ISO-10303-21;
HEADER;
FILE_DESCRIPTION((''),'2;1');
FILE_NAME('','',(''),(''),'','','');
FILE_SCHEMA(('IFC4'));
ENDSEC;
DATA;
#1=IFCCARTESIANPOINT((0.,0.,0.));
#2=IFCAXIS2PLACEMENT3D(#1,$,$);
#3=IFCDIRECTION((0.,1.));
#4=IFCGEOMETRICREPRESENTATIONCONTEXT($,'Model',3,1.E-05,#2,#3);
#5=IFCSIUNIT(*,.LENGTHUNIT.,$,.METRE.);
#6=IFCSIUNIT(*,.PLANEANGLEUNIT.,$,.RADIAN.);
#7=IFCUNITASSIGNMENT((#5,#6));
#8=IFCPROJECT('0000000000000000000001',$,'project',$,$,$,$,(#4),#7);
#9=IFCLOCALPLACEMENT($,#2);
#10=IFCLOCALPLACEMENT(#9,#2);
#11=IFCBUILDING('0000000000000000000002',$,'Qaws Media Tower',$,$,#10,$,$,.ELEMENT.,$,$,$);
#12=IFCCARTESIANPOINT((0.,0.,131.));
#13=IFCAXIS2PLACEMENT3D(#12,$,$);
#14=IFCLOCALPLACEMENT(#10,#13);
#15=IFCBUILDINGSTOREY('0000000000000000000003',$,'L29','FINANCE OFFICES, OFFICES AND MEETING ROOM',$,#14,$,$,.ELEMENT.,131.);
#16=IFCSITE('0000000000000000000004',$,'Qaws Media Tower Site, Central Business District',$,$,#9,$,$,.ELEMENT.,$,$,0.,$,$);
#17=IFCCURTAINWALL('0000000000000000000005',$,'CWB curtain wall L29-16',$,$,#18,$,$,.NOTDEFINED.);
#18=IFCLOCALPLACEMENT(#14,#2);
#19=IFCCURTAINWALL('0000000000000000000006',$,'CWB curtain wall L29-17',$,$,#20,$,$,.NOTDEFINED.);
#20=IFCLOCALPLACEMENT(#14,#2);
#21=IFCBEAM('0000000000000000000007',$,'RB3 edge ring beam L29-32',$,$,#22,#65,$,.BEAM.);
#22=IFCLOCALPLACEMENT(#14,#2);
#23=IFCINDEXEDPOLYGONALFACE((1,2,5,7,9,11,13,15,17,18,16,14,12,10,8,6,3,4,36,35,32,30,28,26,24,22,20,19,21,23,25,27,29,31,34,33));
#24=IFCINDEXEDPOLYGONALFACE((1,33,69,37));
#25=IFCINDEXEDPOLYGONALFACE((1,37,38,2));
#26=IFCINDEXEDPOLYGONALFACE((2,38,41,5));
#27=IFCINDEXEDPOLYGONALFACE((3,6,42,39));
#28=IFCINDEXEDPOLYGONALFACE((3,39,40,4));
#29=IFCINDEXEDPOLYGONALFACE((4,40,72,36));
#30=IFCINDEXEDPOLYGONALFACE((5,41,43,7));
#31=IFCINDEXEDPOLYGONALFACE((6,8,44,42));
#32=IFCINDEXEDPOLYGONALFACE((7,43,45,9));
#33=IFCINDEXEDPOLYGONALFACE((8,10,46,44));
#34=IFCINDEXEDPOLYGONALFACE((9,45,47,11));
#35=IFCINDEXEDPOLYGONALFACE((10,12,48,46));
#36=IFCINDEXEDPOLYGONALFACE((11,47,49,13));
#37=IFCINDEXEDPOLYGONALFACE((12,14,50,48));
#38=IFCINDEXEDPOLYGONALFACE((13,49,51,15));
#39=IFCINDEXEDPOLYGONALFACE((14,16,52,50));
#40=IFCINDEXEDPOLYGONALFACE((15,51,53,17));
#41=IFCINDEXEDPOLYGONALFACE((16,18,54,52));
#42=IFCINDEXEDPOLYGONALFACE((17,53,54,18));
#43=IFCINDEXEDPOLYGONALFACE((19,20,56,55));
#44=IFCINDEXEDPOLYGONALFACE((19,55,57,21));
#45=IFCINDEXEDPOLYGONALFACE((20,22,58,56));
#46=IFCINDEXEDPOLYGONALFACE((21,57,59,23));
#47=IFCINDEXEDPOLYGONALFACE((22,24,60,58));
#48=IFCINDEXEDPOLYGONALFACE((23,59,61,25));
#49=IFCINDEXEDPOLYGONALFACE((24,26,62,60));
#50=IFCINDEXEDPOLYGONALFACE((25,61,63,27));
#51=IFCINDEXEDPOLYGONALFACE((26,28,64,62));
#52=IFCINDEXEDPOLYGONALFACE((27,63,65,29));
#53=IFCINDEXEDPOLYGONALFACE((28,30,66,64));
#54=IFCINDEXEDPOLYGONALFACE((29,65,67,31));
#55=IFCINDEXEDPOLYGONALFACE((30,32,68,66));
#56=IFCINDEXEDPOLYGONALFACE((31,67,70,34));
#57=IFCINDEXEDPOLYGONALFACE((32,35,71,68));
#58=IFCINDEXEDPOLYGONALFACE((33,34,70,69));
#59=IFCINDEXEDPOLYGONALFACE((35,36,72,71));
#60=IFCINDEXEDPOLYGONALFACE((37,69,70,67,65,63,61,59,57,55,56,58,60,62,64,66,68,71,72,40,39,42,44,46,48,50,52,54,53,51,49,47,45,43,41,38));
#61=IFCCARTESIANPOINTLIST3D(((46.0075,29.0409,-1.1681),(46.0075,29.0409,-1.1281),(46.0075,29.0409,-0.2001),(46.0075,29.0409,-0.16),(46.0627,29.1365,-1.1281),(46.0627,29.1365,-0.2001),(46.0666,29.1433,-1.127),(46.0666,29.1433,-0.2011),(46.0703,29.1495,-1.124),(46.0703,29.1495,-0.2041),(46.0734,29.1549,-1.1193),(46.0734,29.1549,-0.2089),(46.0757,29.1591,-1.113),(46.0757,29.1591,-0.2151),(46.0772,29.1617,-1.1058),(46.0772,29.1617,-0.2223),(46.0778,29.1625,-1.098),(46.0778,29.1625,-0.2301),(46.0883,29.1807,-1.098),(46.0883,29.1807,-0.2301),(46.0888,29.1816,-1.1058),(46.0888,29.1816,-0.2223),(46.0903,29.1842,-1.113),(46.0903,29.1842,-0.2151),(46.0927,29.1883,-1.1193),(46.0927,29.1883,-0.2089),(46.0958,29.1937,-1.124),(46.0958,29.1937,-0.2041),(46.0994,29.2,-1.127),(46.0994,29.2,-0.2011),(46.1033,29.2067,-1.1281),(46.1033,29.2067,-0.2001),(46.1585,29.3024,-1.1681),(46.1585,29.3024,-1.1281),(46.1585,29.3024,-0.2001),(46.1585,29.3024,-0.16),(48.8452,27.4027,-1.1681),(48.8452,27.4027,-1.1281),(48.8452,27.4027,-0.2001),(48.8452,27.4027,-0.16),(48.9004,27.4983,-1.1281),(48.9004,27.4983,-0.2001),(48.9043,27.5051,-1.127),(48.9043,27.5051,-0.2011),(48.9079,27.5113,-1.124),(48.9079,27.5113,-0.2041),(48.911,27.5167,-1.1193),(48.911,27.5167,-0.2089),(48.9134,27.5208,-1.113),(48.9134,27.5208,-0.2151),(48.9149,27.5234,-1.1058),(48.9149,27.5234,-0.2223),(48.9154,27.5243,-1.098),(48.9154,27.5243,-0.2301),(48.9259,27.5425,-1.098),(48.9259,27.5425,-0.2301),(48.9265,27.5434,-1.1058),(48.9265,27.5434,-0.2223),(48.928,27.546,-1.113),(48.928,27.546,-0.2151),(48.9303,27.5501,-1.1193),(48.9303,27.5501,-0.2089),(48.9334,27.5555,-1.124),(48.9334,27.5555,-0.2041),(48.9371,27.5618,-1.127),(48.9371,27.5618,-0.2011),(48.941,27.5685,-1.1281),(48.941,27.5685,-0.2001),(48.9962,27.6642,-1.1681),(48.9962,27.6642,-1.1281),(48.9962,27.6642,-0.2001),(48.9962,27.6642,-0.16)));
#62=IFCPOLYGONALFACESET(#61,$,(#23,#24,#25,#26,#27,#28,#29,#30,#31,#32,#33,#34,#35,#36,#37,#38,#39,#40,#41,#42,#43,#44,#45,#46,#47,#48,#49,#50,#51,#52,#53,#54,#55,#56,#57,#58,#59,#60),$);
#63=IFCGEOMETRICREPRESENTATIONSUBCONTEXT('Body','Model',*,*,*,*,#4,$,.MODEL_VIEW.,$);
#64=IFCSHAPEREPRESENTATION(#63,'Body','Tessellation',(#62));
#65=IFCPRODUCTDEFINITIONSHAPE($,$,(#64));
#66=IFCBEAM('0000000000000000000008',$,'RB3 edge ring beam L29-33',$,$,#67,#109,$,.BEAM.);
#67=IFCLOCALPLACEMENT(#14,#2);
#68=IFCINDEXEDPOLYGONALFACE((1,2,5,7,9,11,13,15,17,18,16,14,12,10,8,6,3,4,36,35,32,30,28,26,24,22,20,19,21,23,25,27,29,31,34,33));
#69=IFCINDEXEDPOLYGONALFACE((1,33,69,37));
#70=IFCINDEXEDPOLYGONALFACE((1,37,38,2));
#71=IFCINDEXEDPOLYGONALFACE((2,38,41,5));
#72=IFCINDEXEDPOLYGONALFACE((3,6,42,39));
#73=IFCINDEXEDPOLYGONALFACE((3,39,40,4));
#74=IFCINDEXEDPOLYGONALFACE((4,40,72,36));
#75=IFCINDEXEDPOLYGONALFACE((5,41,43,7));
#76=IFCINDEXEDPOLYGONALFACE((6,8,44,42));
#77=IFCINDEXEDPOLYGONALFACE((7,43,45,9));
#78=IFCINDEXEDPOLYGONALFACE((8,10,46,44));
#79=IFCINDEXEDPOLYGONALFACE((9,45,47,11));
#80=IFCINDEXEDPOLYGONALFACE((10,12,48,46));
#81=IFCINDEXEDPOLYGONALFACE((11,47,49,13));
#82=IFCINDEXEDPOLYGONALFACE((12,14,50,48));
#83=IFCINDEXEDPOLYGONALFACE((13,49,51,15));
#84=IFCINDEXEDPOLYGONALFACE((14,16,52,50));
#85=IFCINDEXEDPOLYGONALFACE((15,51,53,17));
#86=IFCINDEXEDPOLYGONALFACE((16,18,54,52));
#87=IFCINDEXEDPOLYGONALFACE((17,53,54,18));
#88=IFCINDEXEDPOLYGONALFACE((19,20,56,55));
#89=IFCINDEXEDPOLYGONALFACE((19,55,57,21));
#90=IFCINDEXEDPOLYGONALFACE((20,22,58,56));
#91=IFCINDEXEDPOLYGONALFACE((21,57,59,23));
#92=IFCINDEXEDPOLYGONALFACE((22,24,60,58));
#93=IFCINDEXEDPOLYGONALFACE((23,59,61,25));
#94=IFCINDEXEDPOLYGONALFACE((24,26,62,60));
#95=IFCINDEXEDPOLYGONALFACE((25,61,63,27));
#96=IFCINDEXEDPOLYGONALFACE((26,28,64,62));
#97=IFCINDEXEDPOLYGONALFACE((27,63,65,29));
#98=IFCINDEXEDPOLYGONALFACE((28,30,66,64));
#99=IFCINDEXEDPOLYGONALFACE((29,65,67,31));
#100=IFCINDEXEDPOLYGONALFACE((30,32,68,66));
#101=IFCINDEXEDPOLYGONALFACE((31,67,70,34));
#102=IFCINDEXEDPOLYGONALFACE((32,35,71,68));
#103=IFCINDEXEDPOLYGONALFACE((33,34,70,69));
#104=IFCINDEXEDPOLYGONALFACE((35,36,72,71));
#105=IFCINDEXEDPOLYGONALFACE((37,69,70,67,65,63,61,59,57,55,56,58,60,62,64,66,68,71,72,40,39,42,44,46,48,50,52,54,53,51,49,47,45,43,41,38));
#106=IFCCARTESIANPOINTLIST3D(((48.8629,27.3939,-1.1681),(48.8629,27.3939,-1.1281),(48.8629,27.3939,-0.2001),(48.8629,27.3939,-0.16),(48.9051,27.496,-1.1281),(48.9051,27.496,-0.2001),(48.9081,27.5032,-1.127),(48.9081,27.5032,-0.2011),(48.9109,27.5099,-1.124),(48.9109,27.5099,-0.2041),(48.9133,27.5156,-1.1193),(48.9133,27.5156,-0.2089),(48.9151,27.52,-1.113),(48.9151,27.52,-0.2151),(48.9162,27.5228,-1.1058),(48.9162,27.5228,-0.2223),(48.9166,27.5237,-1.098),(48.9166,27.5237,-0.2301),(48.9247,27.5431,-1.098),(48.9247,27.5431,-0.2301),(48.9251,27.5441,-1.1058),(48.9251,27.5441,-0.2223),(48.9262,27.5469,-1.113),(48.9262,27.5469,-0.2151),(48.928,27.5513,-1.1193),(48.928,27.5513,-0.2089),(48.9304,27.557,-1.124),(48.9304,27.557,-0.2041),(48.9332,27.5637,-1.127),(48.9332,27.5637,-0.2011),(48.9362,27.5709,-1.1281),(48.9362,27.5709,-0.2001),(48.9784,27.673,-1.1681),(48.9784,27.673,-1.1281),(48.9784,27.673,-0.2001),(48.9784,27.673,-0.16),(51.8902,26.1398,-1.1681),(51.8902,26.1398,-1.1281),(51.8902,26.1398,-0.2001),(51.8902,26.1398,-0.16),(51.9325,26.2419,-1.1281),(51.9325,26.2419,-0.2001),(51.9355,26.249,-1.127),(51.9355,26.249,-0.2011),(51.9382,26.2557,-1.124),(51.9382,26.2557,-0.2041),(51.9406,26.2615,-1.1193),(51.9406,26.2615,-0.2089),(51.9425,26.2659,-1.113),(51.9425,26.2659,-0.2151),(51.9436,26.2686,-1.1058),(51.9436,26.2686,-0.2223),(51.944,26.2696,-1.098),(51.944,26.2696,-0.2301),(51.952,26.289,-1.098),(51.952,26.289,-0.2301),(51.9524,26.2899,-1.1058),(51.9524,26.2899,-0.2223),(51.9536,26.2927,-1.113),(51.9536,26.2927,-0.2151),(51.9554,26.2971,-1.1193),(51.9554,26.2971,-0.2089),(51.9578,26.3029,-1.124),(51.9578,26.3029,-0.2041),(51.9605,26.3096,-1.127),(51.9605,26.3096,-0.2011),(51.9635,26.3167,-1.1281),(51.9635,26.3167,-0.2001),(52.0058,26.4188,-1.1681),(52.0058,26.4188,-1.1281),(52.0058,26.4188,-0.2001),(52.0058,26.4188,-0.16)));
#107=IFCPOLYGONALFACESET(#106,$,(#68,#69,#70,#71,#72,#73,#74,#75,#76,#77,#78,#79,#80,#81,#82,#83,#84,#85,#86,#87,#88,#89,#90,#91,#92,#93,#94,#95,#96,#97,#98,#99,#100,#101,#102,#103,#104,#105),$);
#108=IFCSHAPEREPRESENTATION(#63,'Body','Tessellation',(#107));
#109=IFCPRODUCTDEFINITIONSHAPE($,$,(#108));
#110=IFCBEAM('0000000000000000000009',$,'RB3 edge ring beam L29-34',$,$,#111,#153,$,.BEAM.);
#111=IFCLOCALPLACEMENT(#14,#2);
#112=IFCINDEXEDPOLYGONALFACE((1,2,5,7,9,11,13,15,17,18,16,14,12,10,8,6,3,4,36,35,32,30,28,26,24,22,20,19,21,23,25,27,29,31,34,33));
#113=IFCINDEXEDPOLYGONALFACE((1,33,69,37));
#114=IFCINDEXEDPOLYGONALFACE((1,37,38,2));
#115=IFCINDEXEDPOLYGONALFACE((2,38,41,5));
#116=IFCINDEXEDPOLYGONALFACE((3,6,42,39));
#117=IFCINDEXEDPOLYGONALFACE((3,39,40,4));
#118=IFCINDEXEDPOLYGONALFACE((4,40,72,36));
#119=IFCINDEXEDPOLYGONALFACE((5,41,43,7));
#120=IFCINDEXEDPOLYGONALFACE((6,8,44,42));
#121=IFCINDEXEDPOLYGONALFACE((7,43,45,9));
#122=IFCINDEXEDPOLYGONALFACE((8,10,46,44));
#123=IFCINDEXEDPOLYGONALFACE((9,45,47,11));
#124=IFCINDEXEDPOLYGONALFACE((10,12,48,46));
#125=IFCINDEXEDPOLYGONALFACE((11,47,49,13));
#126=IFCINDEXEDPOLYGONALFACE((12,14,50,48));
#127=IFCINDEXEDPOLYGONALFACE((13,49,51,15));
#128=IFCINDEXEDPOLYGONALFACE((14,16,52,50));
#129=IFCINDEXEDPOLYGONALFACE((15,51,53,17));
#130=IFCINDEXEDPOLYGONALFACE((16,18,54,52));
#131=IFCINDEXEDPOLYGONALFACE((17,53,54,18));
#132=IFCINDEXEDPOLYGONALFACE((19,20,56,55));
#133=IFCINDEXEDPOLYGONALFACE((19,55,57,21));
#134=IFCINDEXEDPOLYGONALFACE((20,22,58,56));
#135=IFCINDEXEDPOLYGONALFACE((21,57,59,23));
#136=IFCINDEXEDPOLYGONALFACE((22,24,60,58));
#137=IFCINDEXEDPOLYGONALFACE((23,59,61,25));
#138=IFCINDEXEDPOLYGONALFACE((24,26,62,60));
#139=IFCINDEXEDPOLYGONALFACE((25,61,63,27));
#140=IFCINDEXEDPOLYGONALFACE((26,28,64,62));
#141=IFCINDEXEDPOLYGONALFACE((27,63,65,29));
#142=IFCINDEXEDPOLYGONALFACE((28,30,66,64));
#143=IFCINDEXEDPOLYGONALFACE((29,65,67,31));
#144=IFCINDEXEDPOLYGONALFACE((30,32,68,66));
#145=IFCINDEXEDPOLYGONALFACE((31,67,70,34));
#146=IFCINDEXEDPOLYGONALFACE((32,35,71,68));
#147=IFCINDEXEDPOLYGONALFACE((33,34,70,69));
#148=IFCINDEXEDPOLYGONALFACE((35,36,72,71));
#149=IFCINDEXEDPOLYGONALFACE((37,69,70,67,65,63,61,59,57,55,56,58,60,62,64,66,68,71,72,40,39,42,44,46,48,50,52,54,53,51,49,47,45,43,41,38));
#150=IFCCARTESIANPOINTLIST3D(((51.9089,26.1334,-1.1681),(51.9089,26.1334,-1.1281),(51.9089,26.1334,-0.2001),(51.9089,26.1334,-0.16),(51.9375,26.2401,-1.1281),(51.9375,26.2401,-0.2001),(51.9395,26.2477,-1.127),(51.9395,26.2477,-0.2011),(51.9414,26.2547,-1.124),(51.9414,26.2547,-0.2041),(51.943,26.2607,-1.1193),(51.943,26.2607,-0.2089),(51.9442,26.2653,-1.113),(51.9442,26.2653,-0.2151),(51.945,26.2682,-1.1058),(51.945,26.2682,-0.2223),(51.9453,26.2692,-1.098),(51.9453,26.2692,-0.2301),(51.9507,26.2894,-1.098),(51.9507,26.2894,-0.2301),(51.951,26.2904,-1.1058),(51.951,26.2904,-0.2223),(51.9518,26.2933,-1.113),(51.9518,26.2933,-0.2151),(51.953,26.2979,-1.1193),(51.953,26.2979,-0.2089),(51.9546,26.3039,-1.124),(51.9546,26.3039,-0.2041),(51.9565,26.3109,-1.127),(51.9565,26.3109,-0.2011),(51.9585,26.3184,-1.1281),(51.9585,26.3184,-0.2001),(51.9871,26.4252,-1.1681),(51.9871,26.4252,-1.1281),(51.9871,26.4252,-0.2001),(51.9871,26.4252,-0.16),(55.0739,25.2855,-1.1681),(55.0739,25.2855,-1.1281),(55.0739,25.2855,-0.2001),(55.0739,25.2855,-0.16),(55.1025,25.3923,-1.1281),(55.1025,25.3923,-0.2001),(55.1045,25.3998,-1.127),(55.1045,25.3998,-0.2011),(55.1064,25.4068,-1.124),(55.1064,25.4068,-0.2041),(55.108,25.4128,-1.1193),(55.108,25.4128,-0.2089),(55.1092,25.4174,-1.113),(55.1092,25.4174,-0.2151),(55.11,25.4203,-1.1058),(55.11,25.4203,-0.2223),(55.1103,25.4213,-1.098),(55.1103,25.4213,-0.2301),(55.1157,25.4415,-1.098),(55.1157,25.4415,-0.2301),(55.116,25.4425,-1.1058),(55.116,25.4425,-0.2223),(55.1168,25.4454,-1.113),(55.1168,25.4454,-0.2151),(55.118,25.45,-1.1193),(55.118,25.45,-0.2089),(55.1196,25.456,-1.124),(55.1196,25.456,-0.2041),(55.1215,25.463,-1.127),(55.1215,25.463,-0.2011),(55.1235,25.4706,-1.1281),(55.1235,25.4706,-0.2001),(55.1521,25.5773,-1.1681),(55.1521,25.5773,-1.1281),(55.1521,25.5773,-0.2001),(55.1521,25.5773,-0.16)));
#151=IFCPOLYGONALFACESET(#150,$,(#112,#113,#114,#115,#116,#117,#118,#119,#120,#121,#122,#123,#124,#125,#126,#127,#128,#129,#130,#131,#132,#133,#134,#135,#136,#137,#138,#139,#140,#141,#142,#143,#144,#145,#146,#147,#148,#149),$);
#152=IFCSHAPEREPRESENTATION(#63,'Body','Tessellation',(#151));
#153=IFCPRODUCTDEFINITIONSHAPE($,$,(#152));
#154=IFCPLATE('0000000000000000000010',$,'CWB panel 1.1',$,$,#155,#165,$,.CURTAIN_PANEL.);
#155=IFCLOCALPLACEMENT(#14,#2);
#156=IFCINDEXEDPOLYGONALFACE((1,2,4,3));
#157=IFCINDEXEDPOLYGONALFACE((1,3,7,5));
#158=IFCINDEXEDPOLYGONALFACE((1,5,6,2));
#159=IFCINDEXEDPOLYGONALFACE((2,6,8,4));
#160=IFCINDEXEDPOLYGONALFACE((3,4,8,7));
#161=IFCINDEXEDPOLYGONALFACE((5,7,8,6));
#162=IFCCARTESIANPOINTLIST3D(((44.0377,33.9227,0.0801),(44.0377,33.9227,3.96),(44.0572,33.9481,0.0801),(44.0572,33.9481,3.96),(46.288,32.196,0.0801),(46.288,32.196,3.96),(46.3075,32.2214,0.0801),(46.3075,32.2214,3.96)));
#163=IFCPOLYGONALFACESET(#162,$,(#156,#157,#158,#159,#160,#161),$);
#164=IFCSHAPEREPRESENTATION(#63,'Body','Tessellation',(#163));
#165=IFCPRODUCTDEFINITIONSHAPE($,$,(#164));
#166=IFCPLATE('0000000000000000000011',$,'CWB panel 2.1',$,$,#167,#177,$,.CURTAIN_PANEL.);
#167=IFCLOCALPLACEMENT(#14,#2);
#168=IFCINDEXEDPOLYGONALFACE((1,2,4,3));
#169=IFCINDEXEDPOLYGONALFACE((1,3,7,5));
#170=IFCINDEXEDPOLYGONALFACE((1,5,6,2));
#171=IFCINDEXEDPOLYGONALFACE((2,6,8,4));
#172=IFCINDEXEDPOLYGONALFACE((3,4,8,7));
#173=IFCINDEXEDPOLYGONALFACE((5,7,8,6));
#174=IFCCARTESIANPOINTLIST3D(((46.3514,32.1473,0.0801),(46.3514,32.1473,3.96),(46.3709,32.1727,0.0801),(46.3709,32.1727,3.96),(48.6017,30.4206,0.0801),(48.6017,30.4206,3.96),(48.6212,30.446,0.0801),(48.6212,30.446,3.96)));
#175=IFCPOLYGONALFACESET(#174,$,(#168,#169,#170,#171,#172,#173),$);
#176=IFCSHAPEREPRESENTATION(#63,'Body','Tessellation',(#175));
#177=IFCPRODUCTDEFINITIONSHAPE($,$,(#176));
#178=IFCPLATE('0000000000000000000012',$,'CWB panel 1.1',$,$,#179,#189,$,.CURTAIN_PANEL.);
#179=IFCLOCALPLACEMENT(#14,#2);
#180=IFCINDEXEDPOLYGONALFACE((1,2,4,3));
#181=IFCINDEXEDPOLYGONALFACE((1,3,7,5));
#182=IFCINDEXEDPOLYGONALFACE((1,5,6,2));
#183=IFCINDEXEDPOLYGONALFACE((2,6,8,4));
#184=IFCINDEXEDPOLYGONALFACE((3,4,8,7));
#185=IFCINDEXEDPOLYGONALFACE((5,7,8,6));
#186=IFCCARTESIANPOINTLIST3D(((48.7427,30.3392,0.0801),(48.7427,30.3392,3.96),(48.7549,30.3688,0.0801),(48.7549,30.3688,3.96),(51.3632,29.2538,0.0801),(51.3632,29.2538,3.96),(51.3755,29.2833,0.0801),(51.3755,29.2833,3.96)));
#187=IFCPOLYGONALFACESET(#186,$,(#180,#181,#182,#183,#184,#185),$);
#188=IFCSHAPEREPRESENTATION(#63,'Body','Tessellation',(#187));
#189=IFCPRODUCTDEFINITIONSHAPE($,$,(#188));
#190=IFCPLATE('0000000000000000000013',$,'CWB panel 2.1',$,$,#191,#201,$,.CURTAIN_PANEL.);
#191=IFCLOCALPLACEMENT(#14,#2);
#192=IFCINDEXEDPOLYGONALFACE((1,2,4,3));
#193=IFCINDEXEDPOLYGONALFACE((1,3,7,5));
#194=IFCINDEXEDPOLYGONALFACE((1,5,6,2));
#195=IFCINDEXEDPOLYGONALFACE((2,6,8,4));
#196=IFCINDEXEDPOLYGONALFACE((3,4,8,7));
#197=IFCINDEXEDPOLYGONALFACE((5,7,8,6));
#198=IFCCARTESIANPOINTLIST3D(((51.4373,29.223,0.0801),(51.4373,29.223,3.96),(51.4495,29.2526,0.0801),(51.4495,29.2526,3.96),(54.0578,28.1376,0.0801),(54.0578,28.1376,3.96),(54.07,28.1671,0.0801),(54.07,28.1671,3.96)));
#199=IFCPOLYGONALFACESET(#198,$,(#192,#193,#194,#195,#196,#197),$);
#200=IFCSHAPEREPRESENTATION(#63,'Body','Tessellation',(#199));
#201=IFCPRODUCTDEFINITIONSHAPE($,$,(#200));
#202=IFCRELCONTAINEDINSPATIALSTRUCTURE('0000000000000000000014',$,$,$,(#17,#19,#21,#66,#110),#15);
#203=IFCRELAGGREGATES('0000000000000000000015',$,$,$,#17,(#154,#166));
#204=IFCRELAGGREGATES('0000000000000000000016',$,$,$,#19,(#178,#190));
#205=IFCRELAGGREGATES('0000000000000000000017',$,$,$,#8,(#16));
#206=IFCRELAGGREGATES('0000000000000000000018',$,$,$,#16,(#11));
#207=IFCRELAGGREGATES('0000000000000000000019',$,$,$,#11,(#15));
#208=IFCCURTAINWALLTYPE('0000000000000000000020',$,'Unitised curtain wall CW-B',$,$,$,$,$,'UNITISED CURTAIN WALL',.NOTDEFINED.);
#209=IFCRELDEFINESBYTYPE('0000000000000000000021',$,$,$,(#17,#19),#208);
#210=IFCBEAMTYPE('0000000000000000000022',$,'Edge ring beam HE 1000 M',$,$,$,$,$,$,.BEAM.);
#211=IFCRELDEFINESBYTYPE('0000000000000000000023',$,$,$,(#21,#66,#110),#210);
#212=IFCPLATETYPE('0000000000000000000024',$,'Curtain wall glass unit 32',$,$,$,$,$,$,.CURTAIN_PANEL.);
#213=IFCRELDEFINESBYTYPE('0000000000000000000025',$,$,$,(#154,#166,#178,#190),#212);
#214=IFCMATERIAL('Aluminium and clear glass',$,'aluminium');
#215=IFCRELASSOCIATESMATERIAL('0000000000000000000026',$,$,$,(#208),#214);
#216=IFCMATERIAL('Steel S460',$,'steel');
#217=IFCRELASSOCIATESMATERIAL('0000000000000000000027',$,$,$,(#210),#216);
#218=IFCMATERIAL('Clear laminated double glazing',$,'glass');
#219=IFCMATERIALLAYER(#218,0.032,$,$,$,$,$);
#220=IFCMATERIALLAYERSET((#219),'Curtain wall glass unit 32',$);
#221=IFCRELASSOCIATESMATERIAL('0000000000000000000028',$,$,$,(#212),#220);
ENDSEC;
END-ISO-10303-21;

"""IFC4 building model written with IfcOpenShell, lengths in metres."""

from ifc_helpers import new_model, si_unit, direction, frame, origin, origin_2d, place, context, subcontext, project, spatial, rectangle, i_section, extrude, material, layer, layer_set, material_profile, profile_set, type_object, element, aggregate, save


model = new_model("IFC4")

# Units and contexts
model_context = context("Model", 3, precision=1e-05, world=origin(), true_north=direction((0.0, 1.0)))
body_context = subcontext(model_context, "Body", "Model", "MODEL_VIEW")
ifc_project = project(units=[si_unit("LENGTHUNIT", "METRE"), si_unit("PLANEANGLEUNIT", "RADIAN")], contexts=[model_context])

# Site, building, storey
site_placement = place(None, origin())
site = spatial("IfcSite", under=ifc_project, at=site_placement, Name="Qaws Media Tower Site, Central Business District", CompositionType="ELEMENT", RefElevation=0.0)
building_placement = place(site_placement, origin())
building = spatial("IfcBuilding", under=site, at=building_placement, Name="Qaws Media Tower", CompositionType="ELEMENT")
storey_placement = place(building_placement, frame((0.0, 0.0, 131.0)))
storey = spatial("IfcBuildingStorey", under=building, at=storey_placement, Name="L29", Description="FINANCE OFFICES, OFFICES AND MEETING ROOM", CompositionType="ELEMENT", Elevation=131.0)

# Curtain walls
ifc_material_1 = material(Name="Aluminium and clear glass", Category="aluminium")
curtain_wall_type = type_object("IfcCurtainWallType", Name="Unitised curtain wall CW-B", ElementType="UNITISED CURTAIN WALL", PredefinedType="NOTDEFINED", material=ifc_material_1)
curtain_wall_1_placement = place(storey_placement, origin())
curtain_wall_1 = element("IfcCurtainWall", 1, at=curtain_wall_1_placement, inside=storey, type_object=curtain_wall_type, Name="CWB curtain wall L29-16", PredefinedType="NOTDEFINED")
curtain_wall_2_placement = place(storey_placement, origin())
curtain_wall_2 = element("IfcCurtainWall", 2, at=curtain_wall_2_placement, inside=storey, type_object=curtain_wall_type, Name="CWB curtain wall L29-17", PredefinedType="NOTDEFINED")

# Beams
ifc_material_2 = material(Name="Steel S460", Category="steel")
ifc_material_profile_1 = material_profile(ifc_material_2, i_section(OverallWidth=0.302, OverallDepth=1.0081, WebThickness=0.021, FlangeThickness=0.04, FilletRadius=0.03, at=origin_2d()), Name="HE 1000 M")
ifc_profile_set_1 = profile_set([ifc_material_profile_1], Name="Steel S460")
beam_type = type_object("IfcBeamType", Name="Edge ring beam HE 1000 M", PredefinedType="BEAM", material=ifc_profile_set_1)
beam_1_placement = place(storey_placement, frame((46.083, 29.1716, -0.6641), z_axis=(0.866043, -0.49997, 0.0), x_axis=(0.49997, 0.866043, 0.0)))
element("IfcBeam", 3, at=beam_1_placement, inside=storey, type_object=beam_type, Name="RB3 edge ring beam L29-32", PredefinedType="BEAM", context=body_context, shape_type="SweptSolid", body=[
    extrude(i_section(OverallWidth=0.302, OverallDepth=1.0081, WebThickness=0.021, FlangeThickness=0.04, FilletRadius=0.03, at=origin_2d()), origin(), (0.0, 0.0, 1.0), 3.2766),
])
beam_2_placement = place(storey_placement, frame((48.9207, 27.5334, -0.6641), z_axis=(0.92386, -0.382731, 0.0), x_axis=(0.382731, 0.92386, 0.0)))
element("IfcBeam", 4, at=beam_2_placement, inside=storey, type_object=beam_type, Name="RB3 edge ring beam L29-33", PredefinedType="BEAM", context=body_context, shape_type="SweptSolid", body=[
    extrude(i_section(OverallWidth=0.302, OverallDepth=1.0081, WebThickness=0.021, FlangeThickness=0.04, FilletRadius=0.03, at=origin_2d()), origin(), (0.0, 0.0, 1.0), 3.2769),
])
beam_3_placement = place(storey_placement, frame((51.948, 26.2793, -0.6641), z_axis=(0.965939, -0.258771, 0.0), x_axis=(0.258771, 0.965939, 0.0)))
element("IfcBeam", 5, at=beam_3_placement, inside=storey, type_object=beam_type, Name="RB3 edge ring beam L29-34", PredefinedType="BEAM", context=body_context, shape_type="SweptSolid", body=[
    extrude(i_section(OverallWidth=0.302, OverallDepth=1.0081, WebThickness=0.021, FlangeThickness=0.04, FilletRadius=0.03, at=origin_2d()), origin(), (0.0, 0.0, 1.0), 3.2766),
])

# Plates
ifc_material_3 = material(Name="Clear laminated double glazing", Category="glass")
ifc_layer_1 = layer(ifc_material_3, 0.032)
ifc_layer_set_1 = layer_set([ifc_layer_1], Name="Curtain wall glass unit 32")
plate_type_1 = type_object("IfcPlateType", Name="Curtain wall glass unit 32", PredefinedType="CURTAIN_PANEL", material=ifc_layer_set_1)
plate_1_placement = place(storey_placement, frame((45.1726, 33.072, 0.0801), z_axis=(0.0, 0.0, 1.0), x_axis=(0.793353, -0.608761, 0.0)))
plate_1 = element("IfcPlate", 6, at=plate_1_placement, type_object=plate_type_1, Name="CWB panel 1.1", PredefinedType="CURTAIN_PANEL", context=body_context, shape_type="SweptSolid", body=[
    extrude(rectangle(XDim=2.8364, YDim=0.032, at=origin_2d()), origin(), (0.0, 0.0, 1.0), 3.8799),
])
plate_2_placement = place(storey_placement, frame((47.4863, 31.2966, 0.0801), z_axis=(0.0, 0.0, 1.0), x_axis=(0.793353, -0.608761, 0.0)))
plate_2 = element("IfcPlate", 7, at=plate_2_placement, type_object=plate_type_1, Name="CWB panel 2.1", PredefinedType="CURTAIN_PANEL", context=body_context, shape_type="SweptSolid", body=[
    extrude(rectangle(XDim=2.8364, YDim=0.032, at=origin_2d()), origin(), (0.0, 0.0, 1.0), 3.8799),
])
aggregate(curtain_wall_1, [plate_1, plate_2])
plate_3_placement = place(storey_placement, frame((50.0591, 29.8113, 0.0801), z_axis=(0.0, 0.0, 1.0), x_axis=(0.92388, -0.382683, 0.0)))
plate_3 = element("IfcPlate", 8, at=plate_3_placement, type_object=plate_type_1, Name="CWB panel 1.1", PredefinedType="CURTAIN_PANEL", context=body_context, shape_type="SweptSolid", body=[
    extrude(rectangle(XDim=2.8364, YDim=0.032, at=origin_2d()), origin(), (0.0, 0.0, 1.0), 3.8799),
])
plate_4_placement = place(storey_placement, frame((52.7537, 28.6951, 0.0801), z_axis=(0.0, 0.0, 1.0), x_axis=(0.92388, -0.382683, 0.0)))
plate_4 = element("IfcPlate", 9, at=plate_4_placement, type_object=plate_type_1, Name="CWB panel 2.1", PredefinedType="CURTAIN_PANEL", context=body_context, shape_type="SweptSolid", body=[
    extrude(rectangle(XDim=2.8364, YDim=0.032, at=origin_2d()), origin(), (0.0, 0.0, 1.0), 3.8799),
])
aggregate(curtain_wall_2, [plate_3, plate_4])

save(model, "model.ifc")
